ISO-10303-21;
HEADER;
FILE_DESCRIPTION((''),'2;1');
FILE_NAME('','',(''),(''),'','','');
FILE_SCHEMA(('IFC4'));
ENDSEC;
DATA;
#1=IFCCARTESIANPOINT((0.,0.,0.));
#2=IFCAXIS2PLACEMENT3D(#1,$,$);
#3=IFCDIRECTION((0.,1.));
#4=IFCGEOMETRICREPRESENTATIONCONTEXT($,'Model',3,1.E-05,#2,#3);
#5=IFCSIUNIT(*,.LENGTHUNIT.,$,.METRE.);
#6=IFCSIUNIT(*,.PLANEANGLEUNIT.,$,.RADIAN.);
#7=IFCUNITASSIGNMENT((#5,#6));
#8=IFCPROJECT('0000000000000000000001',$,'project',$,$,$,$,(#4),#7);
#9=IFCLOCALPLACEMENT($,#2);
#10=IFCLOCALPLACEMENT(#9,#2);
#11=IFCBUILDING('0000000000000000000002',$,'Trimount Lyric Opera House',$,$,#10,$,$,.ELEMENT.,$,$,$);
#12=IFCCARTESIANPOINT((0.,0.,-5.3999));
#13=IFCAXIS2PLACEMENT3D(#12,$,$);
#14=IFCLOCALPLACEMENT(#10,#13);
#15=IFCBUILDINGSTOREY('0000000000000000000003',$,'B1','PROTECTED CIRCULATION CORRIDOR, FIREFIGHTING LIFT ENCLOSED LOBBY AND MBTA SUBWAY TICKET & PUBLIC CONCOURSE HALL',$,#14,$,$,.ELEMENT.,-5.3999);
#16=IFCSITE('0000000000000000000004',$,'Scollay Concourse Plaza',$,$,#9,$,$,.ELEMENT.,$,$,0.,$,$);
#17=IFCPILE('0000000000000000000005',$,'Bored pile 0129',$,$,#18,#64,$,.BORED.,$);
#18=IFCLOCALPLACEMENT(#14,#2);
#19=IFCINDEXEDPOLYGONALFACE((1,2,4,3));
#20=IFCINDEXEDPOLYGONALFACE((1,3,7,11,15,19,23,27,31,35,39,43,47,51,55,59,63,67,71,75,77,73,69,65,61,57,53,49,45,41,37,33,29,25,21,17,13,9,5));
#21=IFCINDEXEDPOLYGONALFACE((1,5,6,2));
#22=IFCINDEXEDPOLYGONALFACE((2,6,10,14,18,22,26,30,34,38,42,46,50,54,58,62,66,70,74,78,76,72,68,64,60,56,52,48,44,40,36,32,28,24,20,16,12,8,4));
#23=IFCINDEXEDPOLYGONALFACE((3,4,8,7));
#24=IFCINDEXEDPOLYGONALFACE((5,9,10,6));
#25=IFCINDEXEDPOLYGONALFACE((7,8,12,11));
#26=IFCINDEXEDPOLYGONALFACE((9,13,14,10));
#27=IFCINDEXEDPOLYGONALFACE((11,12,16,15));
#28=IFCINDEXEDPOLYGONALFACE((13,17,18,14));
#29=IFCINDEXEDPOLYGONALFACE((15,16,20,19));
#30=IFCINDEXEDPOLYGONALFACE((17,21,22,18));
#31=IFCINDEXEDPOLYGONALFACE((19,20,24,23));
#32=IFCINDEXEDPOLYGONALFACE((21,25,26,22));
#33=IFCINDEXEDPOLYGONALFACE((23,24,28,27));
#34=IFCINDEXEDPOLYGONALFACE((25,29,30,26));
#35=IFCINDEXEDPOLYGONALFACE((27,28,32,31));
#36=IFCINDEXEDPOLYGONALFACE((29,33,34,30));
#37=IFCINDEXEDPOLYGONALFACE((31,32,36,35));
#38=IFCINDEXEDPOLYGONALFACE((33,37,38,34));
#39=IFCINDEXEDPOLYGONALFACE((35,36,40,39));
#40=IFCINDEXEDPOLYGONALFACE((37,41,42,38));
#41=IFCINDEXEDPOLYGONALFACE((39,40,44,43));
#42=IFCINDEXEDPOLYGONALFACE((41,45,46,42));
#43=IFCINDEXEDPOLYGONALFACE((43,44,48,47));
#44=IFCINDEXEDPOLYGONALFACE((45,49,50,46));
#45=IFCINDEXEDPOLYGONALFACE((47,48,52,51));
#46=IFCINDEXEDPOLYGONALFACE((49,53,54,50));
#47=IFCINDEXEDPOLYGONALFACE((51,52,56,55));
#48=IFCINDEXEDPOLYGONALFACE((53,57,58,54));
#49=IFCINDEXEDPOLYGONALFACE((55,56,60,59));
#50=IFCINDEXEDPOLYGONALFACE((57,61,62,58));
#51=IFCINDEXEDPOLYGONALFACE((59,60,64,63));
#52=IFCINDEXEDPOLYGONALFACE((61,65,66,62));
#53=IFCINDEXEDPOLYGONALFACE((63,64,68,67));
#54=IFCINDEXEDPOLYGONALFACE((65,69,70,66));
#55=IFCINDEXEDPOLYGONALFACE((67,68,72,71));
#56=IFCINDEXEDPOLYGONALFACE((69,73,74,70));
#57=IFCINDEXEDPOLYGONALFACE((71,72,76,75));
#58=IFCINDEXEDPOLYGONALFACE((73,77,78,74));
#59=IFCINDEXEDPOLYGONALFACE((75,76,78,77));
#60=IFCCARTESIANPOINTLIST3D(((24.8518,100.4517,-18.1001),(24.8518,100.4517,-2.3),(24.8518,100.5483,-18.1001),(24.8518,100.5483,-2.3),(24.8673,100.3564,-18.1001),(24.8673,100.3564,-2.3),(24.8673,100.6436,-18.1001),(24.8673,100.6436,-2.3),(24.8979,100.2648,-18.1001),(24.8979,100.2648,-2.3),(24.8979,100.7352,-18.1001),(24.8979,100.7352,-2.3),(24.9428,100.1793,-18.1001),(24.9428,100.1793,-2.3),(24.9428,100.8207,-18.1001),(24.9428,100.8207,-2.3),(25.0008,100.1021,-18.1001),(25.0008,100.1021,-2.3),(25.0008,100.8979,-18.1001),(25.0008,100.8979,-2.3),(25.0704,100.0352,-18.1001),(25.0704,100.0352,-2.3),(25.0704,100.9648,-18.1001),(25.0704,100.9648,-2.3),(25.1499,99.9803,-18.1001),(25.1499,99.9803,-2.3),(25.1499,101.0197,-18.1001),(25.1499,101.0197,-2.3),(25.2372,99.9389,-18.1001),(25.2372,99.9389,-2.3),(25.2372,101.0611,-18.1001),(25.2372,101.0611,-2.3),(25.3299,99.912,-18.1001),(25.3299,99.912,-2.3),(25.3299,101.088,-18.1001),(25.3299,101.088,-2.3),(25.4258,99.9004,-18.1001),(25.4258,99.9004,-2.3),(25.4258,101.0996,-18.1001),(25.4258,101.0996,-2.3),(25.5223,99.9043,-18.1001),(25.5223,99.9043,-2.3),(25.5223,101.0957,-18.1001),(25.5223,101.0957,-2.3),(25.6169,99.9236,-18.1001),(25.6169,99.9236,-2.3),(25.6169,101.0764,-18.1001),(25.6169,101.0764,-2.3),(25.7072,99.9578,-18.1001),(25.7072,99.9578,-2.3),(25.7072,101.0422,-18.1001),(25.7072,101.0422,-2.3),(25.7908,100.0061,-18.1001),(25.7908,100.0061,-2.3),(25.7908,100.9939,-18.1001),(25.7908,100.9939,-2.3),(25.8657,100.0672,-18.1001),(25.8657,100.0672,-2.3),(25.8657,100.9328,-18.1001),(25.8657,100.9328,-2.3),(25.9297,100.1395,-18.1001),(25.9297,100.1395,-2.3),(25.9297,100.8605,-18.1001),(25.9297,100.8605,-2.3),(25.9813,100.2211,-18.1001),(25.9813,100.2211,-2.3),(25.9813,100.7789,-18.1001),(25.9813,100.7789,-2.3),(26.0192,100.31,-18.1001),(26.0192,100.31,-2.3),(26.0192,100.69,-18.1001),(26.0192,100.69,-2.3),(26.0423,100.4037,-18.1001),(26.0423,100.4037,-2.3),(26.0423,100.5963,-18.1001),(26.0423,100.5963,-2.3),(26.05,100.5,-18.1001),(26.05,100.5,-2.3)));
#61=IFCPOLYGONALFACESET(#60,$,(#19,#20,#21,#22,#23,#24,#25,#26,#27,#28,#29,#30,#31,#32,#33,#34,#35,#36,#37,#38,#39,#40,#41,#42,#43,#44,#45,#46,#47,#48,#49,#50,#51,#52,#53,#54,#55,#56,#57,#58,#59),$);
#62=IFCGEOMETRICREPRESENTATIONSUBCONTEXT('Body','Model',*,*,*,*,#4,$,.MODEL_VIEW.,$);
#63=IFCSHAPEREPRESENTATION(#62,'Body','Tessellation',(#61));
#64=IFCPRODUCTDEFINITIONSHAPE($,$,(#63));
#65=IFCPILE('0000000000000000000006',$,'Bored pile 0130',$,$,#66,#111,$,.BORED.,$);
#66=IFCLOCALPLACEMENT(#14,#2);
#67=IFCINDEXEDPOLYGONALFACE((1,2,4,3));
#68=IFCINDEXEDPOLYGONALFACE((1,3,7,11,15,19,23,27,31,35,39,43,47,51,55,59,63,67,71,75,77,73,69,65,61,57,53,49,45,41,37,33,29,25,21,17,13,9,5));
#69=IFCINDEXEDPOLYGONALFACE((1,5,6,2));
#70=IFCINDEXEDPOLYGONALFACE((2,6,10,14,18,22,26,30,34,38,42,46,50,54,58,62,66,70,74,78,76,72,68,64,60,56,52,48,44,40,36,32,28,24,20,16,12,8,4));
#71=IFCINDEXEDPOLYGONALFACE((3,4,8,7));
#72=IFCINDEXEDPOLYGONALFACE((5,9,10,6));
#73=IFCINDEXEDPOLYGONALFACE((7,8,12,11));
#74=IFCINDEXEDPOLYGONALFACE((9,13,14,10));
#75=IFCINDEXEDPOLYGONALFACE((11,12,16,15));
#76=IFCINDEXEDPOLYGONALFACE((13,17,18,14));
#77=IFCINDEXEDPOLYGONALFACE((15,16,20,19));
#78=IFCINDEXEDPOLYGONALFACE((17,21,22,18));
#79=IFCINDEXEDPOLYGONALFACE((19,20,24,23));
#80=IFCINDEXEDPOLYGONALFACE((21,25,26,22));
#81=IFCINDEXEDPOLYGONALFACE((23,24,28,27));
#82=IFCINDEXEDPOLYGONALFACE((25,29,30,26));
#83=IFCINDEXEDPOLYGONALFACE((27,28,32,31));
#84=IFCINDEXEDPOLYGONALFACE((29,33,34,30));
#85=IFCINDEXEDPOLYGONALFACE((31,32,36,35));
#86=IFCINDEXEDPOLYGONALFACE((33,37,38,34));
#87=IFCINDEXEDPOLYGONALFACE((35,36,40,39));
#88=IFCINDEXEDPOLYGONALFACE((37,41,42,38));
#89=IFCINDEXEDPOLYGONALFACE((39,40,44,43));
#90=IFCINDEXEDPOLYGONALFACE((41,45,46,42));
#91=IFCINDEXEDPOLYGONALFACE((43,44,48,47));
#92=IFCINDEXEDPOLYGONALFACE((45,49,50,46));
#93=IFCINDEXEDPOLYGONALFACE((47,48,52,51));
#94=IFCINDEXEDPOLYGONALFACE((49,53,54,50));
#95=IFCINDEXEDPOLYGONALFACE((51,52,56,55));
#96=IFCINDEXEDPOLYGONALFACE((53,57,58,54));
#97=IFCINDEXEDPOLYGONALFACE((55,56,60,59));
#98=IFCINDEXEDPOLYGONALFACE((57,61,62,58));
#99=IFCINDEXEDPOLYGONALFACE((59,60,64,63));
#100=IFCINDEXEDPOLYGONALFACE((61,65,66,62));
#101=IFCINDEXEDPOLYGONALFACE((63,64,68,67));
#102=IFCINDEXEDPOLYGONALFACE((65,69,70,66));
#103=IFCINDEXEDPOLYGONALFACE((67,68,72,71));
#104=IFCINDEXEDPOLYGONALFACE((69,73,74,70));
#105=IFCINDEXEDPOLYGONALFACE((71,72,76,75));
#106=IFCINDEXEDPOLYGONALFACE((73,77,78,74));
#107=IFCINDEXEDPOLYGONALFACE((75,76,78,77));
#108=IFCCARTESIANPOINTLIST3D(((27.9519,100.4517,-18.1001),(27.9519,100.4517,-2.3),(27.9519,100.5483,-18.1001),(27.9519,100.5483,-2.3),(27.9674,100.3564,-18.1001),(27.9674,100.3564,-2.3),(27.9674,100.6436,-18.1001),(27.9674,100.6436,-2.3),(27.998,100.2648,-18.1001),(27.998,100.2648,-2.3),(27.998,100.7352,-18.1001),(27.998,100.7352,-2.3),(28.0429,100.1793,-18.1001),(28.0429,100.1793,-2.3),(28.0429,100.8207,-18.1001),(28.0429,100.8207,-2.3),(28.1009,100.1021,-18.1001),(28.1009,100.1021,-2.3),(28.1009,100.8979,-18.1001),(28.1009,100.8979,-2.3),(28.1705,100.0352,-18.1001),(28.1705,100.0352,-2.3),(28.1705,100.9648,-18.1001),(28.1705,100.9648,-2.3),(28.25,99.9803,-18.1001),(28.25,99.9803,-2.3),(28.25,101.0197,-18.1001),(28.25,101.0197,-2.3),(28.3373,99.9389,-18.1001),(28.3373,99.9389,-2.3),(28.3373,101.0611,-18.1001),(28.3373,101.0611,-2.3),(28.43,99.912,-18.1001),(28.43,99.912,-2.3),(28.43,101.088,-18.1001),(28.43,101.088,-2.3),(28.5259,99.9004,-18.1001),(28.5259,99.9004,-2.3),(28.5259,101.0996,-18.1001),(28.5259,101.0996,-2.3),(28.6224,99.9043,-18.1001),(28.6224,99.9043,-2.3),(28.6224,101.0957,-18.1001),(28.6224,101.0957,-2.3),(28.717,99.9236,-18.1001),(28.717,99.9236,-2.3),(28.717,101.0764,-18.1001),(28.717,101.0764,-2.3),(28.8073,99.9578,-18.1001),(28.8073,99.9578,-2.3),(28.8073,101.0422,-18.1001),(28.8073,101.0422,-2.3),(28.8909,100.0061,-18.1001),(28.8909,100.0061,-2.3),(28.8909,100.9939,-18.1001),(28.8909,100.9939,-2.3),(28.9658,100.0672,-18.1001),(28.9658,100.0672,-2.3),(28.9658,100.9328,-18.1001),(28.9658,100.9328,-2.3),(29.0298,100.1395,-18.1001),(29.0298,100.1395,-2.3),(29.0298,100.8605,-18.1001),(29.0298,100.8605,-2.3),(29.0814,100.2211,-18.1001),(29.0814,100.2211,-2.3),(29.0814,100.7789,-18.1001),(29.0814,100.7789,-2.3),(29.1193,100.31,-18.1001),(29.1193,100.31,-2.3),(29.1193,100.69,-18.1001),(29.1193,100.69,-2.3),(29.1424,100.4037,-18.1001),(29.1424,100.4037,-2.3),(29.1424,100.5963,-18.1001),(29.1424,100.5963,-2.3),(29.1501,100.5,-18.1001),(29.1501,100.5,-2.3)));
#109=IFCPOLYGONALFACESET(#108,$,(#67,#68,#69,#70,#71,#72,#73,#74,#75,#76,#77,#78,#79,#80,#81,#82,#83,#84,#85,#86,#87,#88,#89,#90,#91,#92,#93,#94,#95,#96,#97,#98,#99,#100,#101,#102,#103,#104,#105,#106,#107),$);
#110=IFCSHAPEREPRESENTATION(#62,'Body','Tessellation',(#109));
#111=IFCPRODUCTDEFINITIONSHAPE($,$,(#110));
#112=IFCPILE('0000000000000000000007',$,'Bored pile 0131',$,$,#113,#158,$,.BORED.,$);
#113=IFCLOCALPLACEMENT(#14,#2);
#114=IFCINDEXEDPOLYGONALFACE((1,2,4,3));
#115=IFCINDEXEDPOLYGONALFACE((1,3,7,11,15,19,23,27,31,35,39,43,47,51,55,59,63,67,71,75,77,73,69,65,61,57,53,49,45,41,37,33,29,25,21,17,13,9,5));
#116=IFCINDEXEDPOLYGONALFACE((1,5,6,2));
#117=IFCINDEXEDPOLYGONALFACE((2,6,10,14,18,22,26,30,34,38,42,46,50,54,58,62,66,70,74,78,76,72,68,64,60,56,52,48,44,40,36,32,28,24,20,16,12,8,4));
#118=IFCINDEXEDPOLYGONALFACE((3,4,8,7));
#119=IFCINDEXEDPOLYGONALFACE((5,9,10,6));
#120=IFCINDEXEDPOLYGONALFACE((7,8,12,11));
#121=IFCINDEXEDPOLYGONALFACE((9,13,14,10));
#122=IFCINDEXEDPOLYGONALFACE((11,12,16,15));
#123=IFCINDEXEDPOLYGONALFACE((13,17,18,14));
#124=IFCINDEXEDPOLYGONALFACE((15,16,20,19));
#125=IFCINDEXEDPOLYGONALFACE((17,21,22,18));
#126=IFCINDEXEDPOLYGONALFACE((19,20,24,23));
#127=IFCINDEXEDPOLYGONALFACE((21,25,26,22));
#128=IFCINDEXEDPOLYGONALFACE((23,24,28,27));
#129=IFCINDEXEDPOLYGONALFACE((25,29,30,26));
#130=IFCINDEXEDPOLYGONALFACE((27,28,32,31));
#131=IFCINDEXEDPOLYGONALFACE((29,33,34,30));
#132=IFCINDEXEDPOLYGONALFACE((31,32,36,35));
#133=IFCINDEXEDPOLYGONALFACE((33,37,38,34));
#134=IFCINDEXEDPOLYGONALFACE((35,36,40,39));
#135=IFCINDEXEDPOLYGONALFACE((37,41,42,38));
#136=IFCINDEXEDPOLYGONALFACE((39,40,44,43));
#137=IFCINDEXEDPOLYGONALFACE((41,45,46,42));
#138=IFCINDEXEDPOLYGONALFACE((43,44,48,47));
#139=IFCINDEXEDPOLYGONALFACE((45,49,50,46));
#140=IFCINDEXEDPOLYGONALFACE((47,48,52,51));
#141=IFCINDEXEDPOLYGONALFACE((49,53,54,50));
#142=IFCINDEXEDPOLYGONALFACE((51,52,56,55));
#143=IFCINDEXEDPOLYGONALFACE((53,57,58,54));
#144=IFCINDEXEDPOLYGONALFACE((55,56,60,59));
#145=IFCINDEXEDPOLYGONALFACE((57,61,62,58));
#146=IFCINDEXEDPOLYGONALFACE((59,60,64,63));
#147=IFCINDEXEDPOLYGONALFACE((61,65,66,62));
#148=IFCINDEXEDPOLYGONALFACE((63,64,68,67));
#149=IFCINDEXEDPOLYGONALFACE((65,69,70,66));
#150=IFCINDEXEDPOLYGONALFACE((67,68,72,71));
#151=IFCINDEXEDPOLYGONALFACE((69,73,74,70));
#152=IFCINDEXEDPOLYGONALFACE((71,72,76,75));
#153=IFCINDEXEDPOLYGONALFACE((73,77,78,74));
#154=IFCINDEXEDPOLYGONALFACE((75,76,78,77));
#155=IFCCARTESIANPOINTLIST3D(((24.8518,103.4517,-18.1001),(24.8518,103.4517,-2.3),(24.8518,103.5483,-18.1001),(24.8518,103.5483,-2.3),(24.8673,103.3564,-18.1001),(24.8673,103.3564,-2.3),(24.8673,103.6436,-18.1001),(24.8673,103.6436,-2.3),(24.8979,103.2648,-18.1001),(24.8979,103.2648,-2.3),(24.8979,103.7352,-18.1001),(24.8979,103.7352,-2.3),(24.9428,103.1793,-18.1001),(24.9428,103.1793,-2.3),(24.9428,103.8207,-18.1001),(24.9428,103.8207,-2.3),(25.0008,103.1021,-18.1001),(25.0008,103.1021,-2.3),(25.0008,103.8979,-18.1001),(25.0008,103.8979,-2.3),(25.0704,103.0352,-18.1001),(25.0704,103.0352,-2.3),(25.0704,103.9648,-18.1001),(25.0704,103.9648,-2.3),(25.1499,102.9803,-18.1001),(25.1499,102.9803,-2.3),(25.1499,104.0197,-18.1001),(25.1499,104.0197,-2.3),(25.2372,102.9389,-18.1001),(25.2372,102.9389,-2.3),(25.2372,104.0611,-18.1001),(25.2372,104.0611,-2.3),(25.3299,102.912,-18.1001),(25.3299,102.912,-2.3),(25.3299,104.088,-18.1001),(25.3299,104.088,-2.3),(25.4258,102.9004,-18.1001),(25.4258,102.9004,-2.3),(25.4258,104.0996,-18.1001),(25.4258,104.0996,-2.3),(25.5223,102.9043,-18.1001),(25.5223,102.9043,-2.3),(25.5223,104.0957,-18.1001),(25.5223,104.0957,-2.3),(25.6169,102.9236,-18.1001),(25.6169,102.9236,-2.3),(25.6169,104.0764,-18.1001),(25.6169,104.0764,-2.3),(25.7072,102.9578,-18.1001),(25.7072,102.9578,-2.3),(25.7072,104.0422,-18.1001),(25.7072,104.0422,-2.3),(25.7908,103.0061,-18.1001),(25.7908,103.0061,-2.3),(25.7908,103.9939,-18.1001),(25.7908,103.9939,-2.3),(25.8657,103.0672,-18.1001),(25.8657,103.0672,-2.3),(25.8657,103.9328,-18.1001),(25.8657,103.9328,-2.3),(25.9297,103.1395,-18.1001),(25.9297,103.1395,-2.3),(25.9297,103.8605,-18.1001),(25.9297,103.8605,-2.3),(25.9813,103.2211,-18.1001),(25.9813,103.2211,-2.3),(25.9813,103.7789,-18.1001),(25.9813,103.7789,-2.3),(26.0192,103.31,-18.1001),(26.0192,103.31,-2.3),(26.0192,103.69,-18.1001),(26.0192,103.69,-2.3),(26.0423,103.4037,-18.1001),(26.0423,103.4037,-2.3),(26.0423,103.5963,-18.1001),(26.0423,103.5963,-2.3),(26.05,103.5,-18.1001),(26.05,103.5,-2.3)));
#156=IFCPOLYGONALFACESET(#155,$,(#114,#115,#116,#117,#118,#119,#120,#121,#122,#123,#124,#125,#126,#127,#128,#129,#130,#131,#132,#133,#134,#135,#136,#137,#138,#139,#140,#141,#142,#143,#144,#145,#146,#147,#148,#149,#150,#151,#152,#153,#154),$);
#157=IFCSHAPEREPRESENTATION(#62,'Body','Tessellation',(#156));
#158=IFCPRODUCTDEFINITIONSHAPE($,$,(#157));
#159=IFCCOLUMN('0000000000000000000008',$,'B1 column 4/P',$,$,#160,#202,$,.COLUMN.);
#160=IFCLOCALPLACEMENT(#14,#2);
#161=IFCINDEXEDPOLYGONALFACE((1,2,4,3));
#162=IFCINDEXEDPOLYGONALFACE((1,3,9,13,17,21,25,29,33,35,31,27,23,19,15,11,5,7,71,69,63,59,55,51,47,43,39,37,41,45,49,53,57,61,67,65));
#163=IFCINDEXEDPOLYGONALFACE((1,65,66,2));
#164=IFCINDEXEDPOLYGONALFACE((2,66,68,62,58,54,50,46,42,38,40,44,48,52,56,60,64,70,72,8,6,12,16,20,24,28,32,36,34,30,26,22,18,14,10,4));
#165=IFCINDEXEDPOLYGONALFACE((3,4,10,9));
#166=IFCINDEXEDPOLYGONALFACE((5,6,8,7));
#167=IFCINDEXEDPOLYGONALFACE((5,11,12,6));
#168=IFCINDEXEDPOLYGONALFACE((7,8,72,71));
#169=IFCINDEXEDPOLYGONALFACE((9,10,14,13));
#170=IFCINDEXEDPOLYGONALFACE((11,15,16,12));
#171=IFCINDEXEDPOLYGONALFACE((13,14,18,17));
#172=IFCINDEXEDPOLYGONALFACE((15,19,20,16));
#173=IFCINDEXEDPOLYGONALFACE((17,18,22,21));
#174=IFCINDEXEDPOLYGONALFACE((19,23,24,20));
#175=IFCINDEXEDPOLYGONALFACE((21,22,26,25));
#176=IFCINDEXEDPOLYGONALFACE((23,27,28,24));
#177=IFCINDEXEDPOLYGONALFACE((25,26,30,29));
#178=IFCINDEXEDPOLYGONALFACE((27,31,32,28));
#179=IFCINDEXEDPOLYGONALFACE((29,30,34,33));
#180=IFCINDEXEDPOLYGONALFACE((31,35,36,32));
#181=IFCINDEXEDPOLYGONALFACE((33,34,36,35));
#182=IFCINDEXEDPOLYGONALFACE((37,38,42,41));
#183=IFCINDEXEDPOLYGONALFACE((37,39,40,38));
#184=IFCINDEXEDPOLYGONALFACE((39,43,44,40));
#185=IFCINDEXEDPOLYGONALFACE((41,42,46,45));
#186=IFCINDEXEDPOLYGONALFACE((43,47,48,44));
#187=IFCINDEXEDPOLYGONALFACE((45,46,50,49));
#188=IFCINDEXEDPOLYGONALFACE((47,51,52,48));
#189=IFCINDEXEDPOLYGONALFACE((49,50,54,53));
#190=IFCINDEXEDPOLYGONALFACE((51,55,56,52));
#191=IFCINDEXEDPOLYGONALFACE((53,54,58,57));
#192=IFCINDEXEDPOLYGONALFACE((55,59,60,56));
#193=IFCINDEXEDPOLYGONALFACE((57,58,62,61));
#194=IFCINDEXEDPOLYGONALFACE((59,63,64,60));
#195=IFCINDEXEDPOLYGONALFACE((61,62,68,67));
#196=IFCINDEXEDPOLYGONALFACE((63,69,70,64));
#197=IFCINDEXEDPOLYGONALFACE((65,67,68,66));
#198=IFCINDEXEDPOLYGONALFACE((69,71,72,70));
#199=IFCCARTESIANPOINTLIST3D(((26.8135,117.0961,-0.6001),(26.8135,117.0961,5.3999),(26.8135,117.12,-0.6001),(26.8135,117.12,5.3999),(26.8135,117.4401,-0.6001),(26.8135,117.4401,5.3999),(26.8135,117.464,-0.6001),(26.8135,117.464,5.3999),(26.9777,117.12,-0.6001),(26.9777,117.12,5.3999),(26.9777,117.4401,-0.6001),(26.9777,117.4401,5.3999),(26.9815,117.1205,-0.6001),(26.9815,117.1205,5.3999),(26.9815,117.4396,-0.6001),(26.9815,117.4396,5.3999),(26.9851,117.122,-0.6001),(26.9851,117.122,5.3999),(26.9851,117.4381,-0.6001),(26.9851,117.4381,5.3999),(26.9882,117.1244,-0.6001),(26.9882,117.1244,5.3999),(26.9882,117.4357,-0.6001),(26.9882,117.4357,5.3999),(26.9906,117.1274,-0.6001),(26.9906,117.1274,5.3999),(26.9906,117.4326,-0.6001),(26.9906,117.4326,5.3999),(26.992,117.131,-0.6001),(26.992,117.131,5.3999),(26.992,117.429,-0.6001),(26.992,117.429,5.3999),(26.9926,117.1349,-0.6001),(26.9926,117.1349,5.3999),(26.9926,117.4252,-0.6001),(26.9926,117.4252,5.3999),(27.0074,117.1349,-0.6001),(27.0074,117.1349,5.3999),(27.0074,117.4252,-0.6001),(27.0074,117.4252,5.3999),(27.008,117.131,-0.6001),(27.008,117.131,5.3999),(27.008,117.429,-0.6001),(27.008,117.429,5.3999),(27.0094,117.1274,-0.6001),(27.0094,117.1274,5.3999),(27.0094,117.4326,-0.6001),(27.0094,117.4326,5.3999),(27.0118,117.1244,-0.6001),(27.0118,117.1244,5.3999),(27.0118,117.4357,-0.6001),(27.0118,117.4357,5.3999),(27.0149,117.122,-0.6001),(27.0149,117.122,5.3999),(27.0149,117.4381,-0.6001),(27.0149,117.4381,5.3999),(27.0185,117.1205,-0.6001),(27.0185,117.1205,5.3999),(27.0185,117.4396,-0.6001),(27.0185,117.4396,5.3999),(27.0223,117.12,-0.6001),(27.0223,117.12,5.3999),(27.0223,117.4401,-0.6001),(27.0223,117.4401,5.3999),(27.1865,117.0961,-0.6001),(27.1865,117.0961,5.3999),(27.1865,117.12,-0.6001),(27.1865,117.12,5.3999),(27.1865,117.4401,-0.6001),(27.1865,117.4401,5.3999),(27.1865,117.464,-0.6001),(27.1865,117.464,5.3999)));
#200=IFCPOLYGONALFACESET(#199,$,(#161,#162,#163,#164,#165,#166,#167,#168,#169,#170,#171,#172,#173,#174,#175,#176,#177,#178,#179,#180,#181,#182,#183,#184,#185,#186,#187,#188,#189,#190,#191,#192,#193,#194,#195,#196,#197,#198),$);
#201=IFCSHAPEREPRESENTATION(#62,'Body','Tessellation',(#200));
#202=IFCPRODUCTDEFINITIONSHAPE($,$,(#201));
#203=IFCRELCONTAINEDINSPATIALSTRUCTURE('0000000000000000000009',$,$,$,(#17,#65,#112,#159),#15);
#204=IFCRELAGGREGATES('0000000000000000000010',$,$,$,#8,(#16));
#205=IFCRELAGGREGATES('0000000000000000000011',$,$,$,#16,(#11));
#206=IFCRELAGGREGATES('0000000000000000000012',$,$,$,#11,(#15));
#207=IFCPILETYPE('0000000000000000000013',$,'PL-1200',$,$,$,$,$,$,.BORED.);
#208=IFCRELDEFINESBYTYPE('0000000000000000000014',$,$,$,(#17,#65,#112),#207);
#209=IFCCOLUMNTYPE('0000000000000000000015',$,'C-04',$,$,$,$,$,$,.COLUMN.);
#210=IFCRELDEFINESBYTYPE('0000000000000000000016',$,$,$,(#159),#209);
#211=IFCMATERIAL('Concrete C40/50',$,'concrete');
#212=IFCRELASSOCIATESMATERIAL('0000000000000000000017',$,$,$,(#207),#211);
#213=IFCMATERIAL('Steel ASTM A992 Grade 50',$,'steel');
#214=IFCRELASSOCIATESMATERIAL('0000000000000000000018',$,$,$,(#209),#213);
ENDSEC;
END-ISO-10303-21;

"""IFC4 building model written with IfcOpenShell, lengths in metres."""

from ifc_helpers import new_model, si_unit, direction, frame, origin, origin_2d, place, context, subcontext, project, spatial, circle, i_section, extrude, material, material_profile, profile_set, type_object, element, save


model = new_model("IFC4")

# Units and contexts
model_context = context("Model", 3, precision=1e-05, world=origin(), true_north=direction((0.0, 1.0)))
body_context = subcontext(model_context, "Body", "Model", "MODEL_VIEW")
ifc_project = project(units=[si_unit("LENGTHUNIT", "METRE"), si_unit("PLANEANGLEUNIT", "RADIAN")], contexts=[model_context])

# Site, building, storey
site_placement = place(None, origin())
site = spatial("IfcSite", under=ifc_project, at=site_placement, Name="Scollay Concourse Plaza", CompositionType="ELEMENT", RefElevation=0.0)
building_placement = place(site_placement, origin())
building = spatial("IfcBuilding", under=site, at=building_placement, Name="Trimount Lyric Opera House", CompositionType="ELEMENT")
storey_placement = place(building_placement, frame((0.0, 0.0, -5.3999)))
storey = spatial("IfcBuildingStorey", under=building, at=storey_placement, Name="B1", Description="PROTECTED CIRCULATION CORRIDOR, FIREFIGHTING LIFT ENCLOSED LOBBY AND MBTA SUBWAY TICKET & PUBLIC CONCOURSE HALL", CompositionType="ELEMENT", Elevation=-5.3999)

# Piles
ifc_material_1 = material(Name="Concrete C40/50", Category="concrete")
ifc_material_profile_1 = material_profile(ifc_material_1, circle(Radius=0.6001, at=origin_2d()), Name="PILE-D1200")
ifc_profile_set_1 = profile_set([ifc_material_profile_1], Name="Concrete C40/50")
pile_type_1 = type_object("IfcPileType", Name="PL-1200", PredefinedType="BORED", material=ifc_profile_set_1)
for number, where, z_axis, x_axis, name in (
    (1, (25.45, 100.5, -2.3), (0.0, 0.0, -1.0), (1.0, 0.0, 0.0), "Bored pile 0129"),
    (2, (28.55, 100.5, -2.3), (0.0, 0.0, -1.0), (1.0, 0.0, 0.0), "Bored pile 0130"),
    (3, (25.45, 103.5, -2.3), (0.0, 0.0, -1.0), (1.0, 0.0, 0.0), "Bored pile 0131"),
):
    element("IfcPile", number, at=place(storey_placement, frame(where, z_axis=z_axis, x_axis=x_axis)), inside=storey, type_object=pile_type_1, Name=name, PredefinedType="BORED", context=body_context, shape_type="SweptSolid", body=[
        extrude(circle(Radius=0.6001, at=origin_2d()), origin(), (0.0, 0.0, 1.0), 15.8),
    ])

# Column
ifc_material_2 = material(Name="Steel ASTM A992 Grade 50", Category="steel")
ifc_material_profile_2 = material_profile(ifc_material_2, i_section(OverallWidth=0.373, OverallDepth=0.3679, WebThickness=0.0149, FlangeThickness=0.0239, FilletRadius=0.0149, at=origin_2d()), Name="W14X120")
ifc_profile_set_2 = profile_set([ifc_material_profile_2], Name="Steel ASTM A992 Grade 50")
column_type_1 = type_object("IfcColumnType", Name="C-04", PredefinedType="COLUMN", material=ifc_profile_set_2)
column_1_placement = place(storey_placement, frame((27.0, 117.28, -0.6001), z_axis=(0.0, 0.0, 1.0), x_axis=(1.0, 0.0, 0.0)))
element("IfcColumn", 4, at=column_1_placement, inside=storey, type_object=column_type_1, Name="B1 column 4/P", PredefinedType="COLUMN", context=body_context, shape_type="SweptSolid", body=[
    extrude(i_section(OverallWidth=0.373, OverallDepth=0.3679, WebThickness=0.0149, FlangeThickness=0.0239, FilletRadius=0.0149, at=origin_2d()), origin(), (0.0, 0.0, 1.0), 6.0),
])

save(model, "model.ifc")
